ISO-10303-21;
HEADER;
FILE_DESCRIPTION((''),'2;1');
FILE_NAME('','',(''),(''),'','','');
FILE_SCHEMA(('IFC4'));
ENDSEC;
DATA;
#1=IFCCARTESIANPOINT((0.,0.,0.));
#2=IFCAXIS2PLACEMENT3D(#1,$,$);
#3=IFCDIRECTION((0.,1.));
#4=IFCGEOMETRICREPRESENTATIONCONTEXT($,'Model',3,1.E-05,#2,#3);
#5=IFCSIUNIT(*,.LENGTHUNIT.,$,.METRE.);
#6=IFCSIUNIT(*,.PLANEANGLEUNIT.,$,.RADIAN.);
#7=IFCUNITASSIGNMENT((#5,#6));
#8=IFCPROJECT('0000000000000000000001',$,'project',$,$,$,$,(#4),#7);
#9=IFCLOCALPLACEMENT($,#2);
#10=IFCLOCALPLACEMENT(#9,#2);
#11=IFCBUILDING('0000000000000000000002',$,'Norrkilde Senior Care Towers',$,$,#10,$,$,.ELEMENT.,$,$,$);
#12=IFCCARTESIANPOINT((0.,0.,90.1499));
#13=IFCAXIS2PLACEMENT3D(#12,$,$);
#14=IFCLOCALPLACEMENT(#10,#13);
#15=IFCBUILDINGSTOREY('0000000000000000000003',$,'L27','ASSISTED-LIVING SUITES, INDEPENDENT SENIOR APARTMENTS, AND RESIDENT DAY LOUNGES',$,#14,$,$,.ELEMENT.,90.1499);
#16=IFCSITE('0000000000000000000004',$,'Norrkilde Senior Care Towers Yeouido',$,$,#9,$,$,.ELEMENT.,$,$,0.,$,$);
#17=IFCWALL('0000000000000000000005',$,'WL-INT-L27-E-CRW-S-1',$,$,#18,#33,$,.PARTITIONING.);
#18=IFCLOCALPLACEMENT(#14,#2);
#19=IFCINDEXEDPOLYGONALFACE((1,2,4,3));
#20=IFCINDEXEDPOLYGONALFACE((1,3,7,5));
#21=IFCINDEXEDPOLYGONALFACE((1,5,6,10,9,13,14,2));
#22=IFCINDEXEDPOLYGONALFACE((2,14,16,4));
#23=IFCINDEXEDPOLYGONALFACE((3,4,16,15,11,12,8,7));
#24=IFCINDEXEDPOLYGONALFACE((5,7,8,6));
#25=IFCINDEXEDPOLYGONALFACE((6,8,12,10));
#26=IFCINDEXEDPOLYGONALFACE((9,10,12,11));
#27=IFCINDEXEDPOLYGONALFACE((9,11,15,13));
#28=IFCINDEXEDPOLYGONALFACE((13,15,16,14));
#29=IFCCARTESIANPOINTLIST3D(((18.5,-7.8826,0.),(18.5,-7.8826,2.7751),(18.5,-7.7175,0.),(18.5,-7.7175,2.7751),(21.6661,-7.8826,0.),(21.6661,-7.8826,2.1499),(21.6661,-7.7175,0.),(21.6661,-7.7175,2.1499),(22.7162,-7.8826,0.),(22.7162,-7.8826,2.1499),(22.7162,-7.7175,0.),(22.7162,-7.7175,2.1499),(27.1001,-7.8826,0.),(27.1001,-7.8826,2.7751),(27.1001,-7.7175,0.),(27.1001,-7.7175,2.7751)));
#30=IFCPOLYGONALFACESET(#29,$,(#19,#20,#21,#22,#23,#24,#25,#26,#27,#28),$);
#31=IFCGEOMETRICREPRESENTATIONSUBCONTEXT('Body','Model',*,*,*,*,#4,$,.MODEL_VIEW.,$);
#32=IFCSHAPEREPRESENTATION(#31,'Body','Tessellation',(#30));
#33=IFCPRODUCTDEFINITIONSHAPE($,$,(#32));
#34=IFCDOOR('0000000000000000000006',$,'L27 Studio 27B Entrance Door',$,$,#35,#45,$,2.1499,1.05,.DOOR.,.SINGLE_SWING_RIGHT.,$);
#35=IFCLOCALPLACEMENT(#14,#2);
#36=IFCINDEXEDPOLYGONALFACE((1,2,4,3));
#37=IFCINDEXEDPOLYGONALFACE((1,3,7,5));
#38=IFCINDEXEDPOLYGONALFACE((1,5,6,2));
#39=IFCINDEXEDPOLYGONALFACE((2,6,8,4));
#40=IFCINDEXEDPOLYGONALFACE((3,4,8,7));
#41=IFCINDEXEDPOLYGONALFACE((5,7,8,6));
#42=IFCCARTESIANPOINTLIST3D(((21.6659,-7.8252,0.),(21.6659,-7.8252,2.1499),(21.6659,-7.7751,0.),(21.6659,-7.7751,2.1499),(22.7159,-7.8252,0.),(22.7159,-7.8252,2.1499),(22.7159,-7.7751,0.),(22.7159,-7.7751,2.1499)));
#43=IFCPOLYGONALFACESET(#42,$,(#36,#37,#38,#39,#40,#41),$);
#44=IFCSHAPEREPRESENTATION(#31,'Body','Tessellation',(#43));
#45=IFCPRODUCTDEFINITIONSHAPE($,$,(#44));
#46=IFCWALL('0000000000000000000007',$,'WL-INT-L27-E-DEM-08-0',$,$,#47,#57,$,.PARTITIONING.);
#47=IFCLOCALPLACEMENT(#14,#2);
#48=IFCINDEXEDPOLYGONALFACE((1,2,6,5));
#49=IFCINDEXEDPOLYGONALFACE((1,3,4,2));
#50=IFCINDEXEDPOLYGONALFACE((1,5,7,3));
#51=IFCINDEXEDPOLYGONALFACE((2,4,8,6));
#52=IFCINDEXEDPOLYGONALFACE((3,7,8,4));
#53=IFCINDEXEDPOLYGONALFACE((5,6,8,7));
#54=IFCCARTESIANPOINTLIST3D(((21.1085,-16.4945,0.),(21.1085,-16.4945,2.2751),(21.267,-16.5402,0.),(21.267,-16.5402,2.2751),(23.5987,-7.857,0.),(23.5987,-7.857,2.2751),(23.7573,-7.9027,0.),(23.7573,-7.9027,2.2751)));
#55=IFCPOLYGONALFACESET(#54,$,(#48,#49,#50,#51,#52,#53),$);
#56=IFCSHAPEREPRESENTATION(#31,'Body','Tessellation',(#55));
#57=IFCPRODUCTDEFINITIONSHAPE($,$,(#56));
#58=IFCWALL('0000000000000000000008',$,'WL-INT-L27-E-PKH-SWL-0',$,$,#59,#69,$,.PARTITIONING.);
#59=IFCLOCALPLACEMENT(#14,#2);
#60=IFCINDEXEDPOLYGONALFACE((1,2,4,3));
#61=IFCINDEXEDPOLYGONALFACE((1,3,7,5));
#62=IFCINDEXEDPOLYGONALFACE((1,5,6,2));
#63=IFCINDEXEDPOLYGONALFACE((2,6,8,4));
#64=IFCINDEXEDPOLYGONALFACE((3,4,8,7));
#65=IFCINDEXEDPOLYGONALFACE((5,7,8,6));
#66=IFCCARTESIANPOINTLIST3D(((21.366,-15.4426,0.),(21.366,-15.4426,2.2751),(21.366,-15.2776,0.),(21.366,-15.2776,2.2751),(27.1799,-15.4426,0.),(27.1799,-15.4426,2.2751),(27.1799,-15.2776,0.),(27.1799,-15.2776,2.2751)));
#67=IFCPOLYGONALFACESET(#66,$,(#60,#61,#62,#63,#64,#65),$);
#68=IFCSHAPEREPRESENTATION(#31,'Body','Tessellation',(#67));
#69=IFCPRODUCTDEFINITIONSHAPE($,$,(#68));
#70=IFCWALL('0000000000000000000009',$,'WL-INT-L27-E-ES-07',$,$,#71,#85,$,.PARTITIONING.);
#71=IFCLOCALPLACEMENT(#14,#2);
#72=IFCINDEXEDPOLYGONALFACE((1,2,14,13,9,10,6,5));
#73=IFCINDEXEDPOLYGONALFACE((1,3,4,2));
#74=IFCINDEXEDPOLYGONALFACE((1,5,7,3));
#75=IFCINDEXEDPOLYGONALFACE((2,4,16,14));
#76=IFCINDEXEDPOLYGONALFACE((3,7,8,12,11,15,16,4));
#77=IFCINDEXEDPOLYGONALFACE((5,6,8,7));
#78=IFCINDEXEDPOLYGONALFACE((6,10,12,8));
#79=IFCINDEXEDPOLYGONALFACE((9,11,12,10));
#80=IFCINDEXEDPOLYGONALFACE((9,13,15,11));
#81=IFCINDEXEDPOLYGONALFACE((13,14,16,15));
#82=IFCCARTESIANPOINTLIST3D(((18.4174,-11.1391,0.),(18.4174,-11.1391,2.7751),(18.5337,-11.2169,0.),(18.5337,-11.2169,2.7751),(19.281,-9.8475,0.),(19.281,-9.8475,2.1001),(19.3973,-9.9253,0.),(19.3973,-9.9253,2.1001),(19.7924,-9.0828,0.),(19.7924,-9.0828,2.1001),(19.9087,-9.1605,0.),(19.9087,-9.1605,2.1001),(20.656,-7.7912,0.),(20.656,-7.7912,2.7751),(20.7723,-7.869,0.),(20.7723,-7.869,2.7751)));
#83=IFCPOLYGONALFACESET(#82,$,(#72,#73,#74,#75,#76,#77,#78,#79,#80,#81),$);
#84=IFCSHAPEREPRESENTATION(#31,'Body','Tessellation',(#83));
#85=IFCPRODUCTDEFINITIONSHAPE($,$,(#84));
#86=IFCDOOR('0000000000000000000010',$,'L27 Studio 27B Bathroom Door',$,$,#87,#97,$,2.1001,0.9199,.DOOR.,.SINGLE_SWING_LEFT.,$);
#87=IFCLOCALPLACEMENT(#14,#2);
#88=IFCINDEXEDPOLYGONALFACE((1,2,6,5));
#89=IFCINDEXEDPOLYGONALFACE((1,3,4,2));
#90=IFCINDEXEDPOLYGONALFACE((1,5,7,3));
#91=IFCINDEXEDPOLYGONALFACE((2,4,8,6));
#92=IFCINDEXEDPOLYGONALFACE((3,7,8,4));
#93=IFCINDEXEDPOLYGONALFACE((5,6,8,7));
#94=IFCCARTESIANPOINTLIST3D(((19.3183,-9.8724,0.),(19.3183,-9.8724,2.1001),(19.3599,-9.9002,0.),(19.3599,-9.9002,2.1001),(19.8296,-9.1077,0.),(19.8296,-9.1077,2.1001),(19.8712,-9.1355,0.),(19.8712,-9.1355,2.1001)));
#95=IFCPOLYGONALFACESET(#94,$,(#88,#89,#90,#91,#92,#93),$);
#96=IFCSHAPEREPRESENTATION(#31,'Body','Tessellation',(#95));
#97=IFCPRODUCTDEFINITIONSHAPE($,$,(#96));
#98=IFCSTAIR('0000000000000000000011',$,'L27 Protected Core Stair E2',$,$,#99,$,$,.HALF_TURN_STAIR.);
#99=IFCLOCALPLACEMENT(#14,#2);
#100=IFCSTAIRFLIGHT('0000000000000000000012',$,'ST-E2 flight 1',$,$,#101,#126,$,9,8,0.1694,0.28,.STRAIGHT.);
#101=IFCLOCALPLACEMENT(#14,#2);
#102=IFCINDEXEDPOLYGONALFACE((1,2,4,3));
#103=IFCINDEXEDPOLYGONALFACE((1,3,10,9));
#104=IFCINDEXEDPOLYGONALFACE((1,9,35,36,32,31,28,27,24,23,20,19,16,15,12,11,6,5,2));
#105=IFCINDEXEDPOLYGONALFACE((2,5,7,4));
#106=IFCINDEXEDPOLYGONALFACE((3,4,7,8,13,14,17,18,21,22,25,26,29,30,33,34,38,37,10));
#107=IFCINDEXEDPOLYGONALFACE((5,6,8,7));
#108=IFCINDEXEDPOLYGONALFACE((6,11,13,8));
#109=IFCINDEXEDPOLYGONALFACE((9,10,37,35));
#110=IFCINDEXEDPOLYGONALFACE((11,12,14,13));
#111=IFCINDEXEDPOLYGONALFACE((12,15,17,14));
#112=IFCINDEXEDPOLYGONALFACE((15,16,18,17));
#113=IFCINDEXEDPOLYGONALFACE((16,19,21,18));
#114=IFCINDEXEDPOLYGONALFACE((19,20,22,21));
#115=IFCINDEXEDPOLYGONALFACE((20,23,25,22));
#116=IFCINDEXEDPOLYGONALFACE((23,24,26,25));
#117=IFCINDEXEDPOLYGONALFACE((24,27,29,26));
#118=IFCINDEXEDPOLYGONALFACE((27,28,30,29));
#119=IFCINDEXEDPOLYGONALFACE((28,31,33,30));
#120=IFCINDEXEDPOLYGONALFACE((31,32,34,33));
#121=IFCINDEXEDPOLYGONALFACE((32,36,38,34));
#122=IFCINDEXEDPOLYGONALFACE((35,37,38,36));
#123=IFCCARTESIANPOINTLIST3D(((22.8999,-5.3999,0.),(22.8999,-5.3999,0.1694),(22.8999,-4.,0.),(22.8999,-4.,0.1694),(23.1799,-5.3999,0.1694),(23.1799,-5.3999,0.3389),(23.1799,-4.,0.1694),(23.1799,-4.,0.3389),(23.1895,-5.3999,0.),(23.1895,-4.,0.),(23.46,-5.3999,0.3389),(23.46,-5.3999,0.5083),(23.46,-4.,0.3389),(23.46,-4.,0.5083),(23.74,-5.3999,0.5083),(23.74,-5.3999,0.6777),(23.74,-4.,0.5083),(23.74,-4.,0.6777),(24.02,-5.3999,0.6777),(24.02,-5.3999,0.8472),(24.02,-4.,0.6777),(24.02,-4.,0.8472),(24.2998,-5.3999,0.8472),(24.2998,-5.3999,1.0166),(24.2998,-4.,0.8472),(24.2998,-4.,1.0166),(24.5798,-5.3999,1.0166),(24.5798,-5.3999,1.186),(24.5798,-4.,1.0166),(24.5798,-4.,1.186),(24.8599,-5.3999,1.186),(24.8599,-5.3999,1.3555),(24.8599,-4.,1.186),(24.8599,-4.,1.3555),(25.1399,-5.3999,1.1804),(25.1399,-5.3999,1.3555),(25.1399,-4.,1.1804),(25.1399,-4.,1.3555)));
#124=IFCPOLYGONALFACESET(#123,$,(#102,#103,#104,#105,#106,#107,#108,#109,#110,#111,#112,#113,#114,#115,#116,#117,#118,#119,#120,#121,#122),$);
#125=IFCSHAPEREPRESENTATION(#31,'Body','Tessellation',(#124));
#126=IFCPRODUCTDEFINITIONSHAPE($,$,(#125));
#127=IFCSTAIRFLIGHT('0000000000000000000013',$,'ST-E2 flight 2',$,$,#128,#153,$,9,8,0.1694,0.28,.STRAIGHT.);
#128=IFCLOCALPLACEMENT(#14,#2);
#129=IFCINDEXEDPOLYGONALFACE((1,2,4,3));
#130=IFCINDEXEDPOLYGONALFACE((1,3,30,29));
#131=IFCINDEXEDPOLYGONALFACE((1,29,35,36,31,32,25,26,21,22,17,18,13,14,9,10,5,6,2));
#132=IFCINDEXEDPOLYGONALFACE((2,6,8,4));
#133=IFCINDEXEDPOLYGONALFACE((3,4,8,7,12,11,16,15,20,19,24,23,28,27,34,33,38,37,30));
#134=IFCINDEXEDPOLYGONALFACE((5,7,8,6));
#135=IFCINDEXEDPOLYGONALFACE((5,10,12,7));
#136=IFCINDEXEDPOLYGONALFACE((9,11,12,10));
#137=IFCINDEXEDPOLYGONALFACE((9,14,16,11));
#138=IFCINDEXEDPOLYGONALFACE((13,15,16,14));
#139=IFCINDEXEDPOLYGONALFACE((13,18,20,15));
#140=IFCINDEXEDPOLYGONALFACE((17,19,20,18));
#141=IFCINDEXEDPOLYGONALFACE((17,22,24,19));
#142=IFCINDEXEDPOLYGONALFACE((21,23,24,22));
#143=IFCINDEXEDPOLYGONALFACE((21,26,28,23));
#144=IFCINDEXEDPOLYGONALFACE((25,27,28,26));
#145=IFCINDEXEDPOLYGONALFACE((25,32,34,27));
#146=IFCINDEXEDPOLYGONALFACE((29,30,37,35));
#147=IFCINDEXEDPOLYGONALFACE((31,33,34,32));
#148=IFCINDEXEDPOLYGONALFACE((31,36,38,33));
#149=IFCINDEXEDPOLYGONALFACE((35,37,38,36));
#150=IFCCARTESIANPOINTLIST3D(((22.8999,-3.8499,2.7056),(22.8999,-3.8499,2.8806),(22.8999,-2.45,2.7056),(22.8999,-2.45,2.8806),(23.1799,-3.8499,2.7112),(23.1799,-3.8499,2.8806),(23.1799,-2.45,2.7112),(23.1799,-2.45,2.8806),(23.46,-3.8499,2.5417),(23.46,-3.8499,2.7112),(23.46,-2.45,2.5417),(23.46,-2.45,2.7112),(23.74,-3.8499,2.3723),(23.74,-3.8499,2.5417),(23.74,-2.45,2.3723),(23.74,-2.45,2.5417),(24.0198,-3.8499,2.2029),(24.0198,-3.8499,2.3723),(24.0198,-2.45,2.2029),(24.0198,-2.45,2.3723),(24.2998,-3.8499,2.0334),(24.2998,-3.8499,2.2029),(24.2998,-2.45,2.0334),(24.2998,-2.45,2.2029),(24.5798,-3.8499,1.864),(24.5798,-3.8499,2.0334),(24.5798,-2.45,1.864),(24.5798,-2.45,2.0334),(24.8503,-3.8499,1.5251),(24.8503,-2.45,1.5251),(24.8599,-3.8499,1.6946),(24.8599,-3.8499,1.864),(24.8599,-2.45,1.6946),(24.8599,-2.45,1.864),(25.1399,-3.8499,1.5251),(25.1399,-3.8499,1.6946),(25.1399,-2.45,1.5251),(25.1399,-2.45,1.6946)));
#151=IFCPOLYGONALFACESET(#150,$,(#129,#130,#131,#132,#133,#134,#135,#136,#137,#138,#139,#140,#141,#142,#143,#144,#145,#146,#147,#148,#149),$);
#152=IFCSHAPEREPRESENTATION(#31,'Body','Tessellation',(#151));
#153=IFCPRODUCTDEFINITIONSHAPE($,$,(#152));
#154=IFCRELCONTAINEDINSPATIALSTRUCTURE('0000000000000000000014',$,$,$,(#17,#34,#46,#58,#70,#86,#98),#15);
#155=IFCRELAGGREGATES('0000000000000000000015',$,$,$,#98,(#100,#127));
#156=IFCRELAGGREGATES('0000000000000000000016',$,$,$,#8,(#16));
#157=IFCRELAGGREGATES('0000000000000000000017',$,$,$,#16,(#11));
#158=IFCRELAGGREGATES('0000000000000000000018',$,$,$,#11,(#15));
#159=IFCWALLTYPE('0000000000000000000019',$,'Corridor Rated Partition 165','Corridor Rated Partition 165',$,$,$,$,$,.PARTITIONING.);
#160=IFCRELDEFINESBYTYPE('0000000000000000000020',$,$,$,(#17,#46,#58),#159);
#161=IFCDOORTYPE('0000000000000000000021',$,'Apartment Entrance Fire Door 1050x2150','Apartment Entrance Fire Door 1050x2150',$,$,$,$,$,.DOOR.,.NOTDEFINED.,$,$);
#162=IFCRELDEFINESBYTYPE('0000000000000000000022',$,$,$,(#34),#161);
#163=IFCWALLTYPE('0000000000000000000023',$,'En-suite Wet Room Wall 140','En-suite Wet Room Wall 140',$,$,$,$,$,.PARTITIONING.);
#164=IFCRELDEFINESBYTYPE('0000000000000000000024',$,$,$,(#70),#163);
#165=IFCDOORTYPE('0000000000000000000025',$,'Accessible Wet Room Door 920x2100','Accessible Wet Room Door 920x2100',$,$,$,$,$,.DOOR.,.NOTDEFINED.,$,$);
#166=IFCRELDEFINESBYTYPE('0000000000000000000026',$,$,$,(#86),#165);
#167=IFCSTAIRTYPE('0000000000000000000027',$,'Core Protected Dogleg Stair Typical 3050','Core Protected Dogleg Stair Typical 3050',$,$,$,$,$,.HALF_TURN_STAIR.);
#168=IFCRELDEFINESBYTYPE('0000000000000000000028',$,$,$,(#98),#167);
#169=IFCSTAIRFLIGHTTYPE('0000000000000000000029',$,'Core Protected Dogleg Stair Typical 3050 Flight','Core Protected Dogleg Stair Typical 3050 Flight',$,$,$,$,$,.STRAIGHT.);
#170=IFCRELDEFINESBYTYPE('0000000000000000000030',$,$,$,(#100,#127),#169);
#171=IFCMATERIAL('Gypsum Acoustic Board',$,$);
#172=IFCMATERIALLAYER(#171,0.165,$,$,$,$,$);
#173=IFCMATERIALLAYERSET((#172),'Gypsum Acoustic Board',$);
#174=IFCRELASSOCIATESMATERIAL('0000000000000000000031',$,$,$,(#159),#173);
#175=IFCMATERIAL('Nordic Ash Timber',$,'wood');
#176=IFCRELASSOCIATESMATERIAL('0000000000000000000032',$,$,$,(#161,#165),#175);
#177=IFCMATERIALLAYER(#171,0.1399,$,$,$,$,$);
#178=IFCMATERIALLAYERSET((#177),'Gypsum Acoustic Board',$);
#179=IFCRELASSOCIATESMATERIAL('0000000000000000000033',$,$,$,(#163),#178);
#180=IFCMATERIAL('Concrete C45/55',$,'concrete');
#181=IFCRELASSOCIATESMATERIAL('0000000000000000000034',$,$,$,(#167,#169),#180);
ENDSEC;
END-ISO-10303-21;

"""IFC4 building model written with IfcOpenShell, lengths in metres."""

from ifc_helpers import new_model, si_unit, direction, frame, frame_2d, origin, place, context, subcontext, project, spatial, polyline, rectangle, outline, extrude, source, transform, mapped, material, layer, layer_set, type_object, type_shapes, element, fill, aggregate, save


model = new_model("IFC4")

# Units and contexts
model_context = context("Model", 3, precision=1e-05, world=origin(), true_north=direction((0.0, 1.0)))
body_context = subcontext(model_context, "Body", "Model", "MODEL_VIEW")
ifc_project = project(units=[si_unit("LENGTHUNIT", "METRE"), si_unit("PLANEANGLEUNIT", "RADIAN")], contexts=[model_context])

# Site, building, storey
site_placement = place(None, origin())
site = spatial("IfcSite", under=ifc_project, at=site_placement, Name="Norrkilde Senior Care Towers Yeouido", CompositionType="ELEMENT", RefElevation=0.0)
building_placement = place(site_placement, origin())
building = spatial("IfcBuilding", under=site, at=building_placement, Name="Norrkilde Senior Care Towers", CompositionType="ELEMENT")
storey_placement = place(building_placement, frame((0.0, 0.0, 90.1499)))
storey = spatial("IfcBuildingStorey", under=building, at=storey_placement, Name="L27", Description="ASSISTED-LIVING SUITES, INDEPENDENT SENIOR APARTMENTS, AND RESIDENT DAY LOUNGES", CompositionType="ELEMENT", Elevation=90.1499)

# Shared definitions
ifc_material_1 = material(Name="Concrete C45/55", Category="concrete")

# Shared definitions
ifc_material_2 = material(Name="Gypsum Acoustic Board")

# Wall, opening, door
ifc_layer_1 = layer(ifc_material_2, 0.165)
ifc_layer_set_1 = layer_set([ifc_layer_1], Name="Gypsum Acoustic Board")
wall_type_1 = type_object("IfcWallType", Name="Corridor Rated Partition 165", Description="Corridor Rated Partition 165", PredefinedType="PARTITIONING", material=ifc_layer_set_1)
shared_shape_1 = source(origin(), body_context, "Body", "SweptSolid", [
    extrude(rectangle(XDim=8.6001, YDim=0.165, at=frame_2d((4.3, 0.0))), origin(), (0.0, 0.0, 1.0), 2.7751),
])
wall_1_placement = place(storey_placement, frame((27.1001, -7.8, 0.0), z_axis=(0.0, 0.0, 1.0), x_axis=(-1.0, 0.0, 0.0)))
wall_1 = element("IfcWall", 1, at=wall_1_placement, inside=storey, type_object=wall_type_1, Name="WL-INT-L27-E-CRW-S-1", PredefinedType="PARTITIONING", context=body_context, shape_type="MappedRepresentation", body=[
    mapped(shared_shape_1, transform((0.0, 0.0, 0.0), x_axis=(1.0, 0.0, 0.0), y_axis=(0.0, 1.0, 0.0), z_axis=(0.0, 0.0, 1.0), scale=1.0)),
])
opening_1_placement = place(wall_1_placement, frame((4.384, 0.0, 0.0)))
opening_1 = element("IfcOpeningElement", 2, at=opening_1_placement, cuts=wall_1, PredefinedType="OPENING", context=body_context, shape_type="SweptSolid", body=[
    extrude(rectangle(XDim=1.05, YDim=2.1499, at=frame_2d((0.5249, 1.075))), frame((0.0, 0.0925, 0.0), z_axis=(0.0, -1.0, 0.0), x_axis=(1.0, 0.0, 0.0)), (0.0, 0.0, 1.0), 0.1851),
])
ifc_material_3 = material(Name="Nordic Ash Timber", Category="wood")
door_type_1 = type_object("IfcDoorType", Name="Apartment Entrance Fire Door 1050x2150", Description="Apartment Entrance Fire Door 1050x2150", OperationType="NOTDEFINED", PredefinedType="DOOR", material=ifc_material_3)
shared_shape_2 = source(origin(), body_context, "Body", "SweptSolid", [
    extrude(rectangle(XDim=1.05, YDim=2.1499, at=frame_2d((0.5249, 1.075))), frame((0.0, 0.0249, 0.0), z_axis=(0.0, -1.0, 0.0), x_axis=(1.0, 0.0, 0.0)), (0.0, 0.0, 1.0), 0.05),
])
type_shapes(door_type_1, [shared_shape_2])
door_1_placement = place(opening_1_placement, frame((1.05, 0.0, 0.0), z_axis=(0.0, 0.0, 1.0), x_axis=(-1.0, 0.0, 0.0)))
door_1 = element("IfcDoor", 3, at=door_1_placement, inside=storey, type_object=door_type_1, Name="L27 Studio 27B Entrance Door", OperationType="SINGLE_SWING_RIGHT", OverallHeight=2.1499, OverallWidth=1.05, PredefinedType="DOOR", context=body_context, shape_type="MappedRepresentation", body=[
    mapped(shared_shape_2, transform((0.0, 0.0, 0.0), x_axis=(1.0, 0.0, 0.0), y_axis=(0.0, 1.0, 0.0), z_axis=(0.0, 0.0, 1.0), scale=1.0)),
])
fill(opening_1, door_1)

# Walls
shared_shape_3 = source(origin(), body_context, "Body", "SweptSolid", [
    extrude(rectangle(XDim=8.9893, YDim=0.165, at=frame_2d((4.4946, 0.0))), origin(), (0.0, 0.0, 1.0), 2.2751),
])
wall_2_placement = place(storey_placement, frame((23.678, -7.8799, 0.0), z_axis=(0.0, 0.0, 1.0), x_axis=(-0.277023, -0.960863, 0.0)))
element("IfcWall", 4, at=wall_2_placement, inside=storey, type_object=wall_type_1, Name="WL-INT-L27-E-DEM-08-0", PredefinedType="PARTITIONING", context=body_context, shape_type="MappedRepresentation", body=[
    mapped(shared_shape_3, transform((0.0, 0.0, 0.0), x_axis=(1.0, 0.0, 0.0), y_axis=(0.0, 1.0, 0.0), z_axis=(0.0, 0.0, 1.0), scale=1.0)),
])
shared_shape_4 = source(origin(), body_context, "Body", "SweptSolid", [
    extrude(rectangle(XDim=5.814, YDim=0.165, at=frame_2d((2.907, 0.0))), origin(), (0.0, 0.0, 1.0), 2.2751),
])
type_shapes(wall_type_1, [shared_shape_1, shared_shape_3, shared_shape_4])
wall_3_placement = place(storey_placement, frame((21.366, -15.3601, 0.0), z_axis=(0.0, 0.0, 1.0), x_axis=(1.0, 0.0, 0.0)))
element("IfcWall", 5, at=wall_3_placement, inside=storey, type_object=wall_type_1, Name="WL-INT-L27-E-PKH-SWL-0", PredefinedType="PARTITIONING", context=body_context, shape_type="MappedRepresentation", body=[
    mapped(shared_shape_4, transform((0.0, 0.0, 0.0), x_axis=(1.0, 0.0, 0.0), y_axis=(0.0, 1.0, 0.0), z_axis=(0.0, 0.0, 1.0), scale=1.0)),
])

# Wall, opening, door
ifc_layer_2 = layer(ifc_material_2, 0.1399)
ifc_layer_set_2 = layer_set([ifc_layer_2], Name="Gypsum Acoustic Board")
wall_type_2 = type_object("IfcWallType", Name="En-suite Wet Room Wall 140", Description="En-suite Wet Room Wall 140", PredefinedType="PARTITIONING", material=ifc_layer_set_2)
shared_shape_5 = source(origin(), body_context, "Body", "SweptSolid", [
    extrude(rectangle(XDim=4.0273, YDim=0.1399, at=frame_2d((2.0137, 0.0))), origin(), (0.0, 0.0, 1.0), 2.7751),
])
type_shapes(wall_type_2, [shared_shape_5])
wall_4_placement = place(storey_placement, frame((20.7141, -7.8301, 0.0), z_axis=(0.0, 0.0, 1.0), x_axis=(-0.555833, -0.831294, 0.0)))
wall_4 = element("IfcWall", 6, at=wall_4_placement, inside=storey, type_object=wall_type_2, Name="WL-INT-L27-E-ES-07", PredefinedType="PARTITIONING", context=body_context, shape_type="MappedRepresentation", body=[
    mapped(shared_shape_5, transform((0.0, 0.0, 0.0), x_axis=(1.0, 0.0, 0.0), y_axis=(0.0, 1.0, 0.0), z_axis=(0.0, 0.0, 1.0), scale=1.0)),
])
opening_2_placement = place(wall_4_placement, frame((1.5537, 0.0, 0.0)))
opening_2 = element("IfcOpeningElement", 7, at=opening_2_placement, cuts=wall_4, PredefinedType="OPENING", context=body_context, shape_type="SweptSolid", body=[
    extrude(rectangle(XDim=0.9199, YDim=2.1001, at=frame_2d((0.46, 1.05))), frame((0.0, 0.0798, 0.0), z_axis=(0.0, -1.0, 0.0), x_axis=(1.0, 0.0, 0.0)), (0.0, 0.0, 1.0), 0.1599),
])
door_type_2 = type_object("IfcDoorType", Name="Accessible Wet Room Door 920x2100", Description="Accessible Wet Room Door 920x2100", OperationType="NOTDEFINED", PredefinedType="DOOR", material=ifc_material_3)
shared_shape_6 = source(origin(), body_context, "Body", "SweptSolid", [
    extrude(rectangle(XDim=0.9199, YDim=2.1001, at=frame_2d((0.46, 1.05))), frame((0.0, 0.0249, 0.0), z_axis=(0.0, -1.0, 0.0), x_axis=(1.0, 0.0, 0.0)), (0.0, 0.0, 1.0), 0.05),
])
type_shapes(door_type_2, [shared_shape_6])
door_2_placement = place(opening_2_placement, origin())
door_2 = element("IfcDoor", 8, at=door_2_placement, inside=storey, type_object=door_type_2, Name="L27 Studio 27B Bathroom Door", OperationType="SINGLE_SWING_LEFT", OverallHeight=2.1001, OverallWidth=0.9199, PredefinedType="DOOR", context=body_context, shape_type="MappedRepresentation", body=[
    mapped(shared_shape_6, transform((0.0, 0.0, 0.0), x_axis=(1.0, 0.0, 0.0), y_axis=(0.0, 1.0, 0.0), z_axis=(0.0, 0.0, 1.0), scale=1.0)),
])
fill(opening_2, door_2)

# Stair, stair flights
stair_type = type_object("IfcStairType", Name="Core Protected Dogleg Stair Typical 3050", Description="Core Protected Dogleg Stair Typical 3050", PredefinedType="HALF_TURN_STAIR", material=ifc_material_1)
stair_placement = place(storey_placement, origin())
stair = element("IfcStair", 9, at=stair_placement, inside=storey, type_object=stair_type, Name="L27 Protected Core Stair E2", PredefinedType="HALF_TURN_STAIR")
stair_flight_type = type_object("IfcStairFlightType", Name="Core Protected Dogleg Stair Typical 3050 Flight", Description="Core Protected Dogleg Stair Typical 3050 Flight", PredefinedType="STRAIGHT", material=ifc_material_1)
stair_flight_1_placement = place(storey_placement, frame((22.8999, -4.7, 0.0), z_axis=(0.0, 0.0, 1.0), x_axis=(1.0, 0.0, 0.0)))
stair_flight_1 = element("IfcStairFlight", 10, at=stair_flight_1_placement, type_object=stair_flight_type, Name="ST-E2 flight 1", NumberOfRisers=9, NumberOfTreads=8, PredefinedType="STRAIGHT", RiserHeight=0.1694, TreadLength=0.28, context=body_context, shape_type="SweptSolid", body=[
    extrude(outline(polyline([(0.0, 0.0), (0.0, 0.1694), (0.28, 0.1694), (0.28, 0.3389), (0.5601, 0.3389), (0.5601, 0.5083), (0.8401, 0.5083), (0.8401, 0.6777), (1.1201, 0.6777), (1.1201, 0.8472), (1.3999, 0.8472), (1.3999, 1.0166), (1.6799, 1.0166), (1.6799, 1.186), (1.96, 1.186), (1.96, 1.3555), (2.24, 1.3555), (2.24, 1.5249), (2.24, 1.1804), (0.2896, 0.0), (0.0, 0.0)])), frame((0.0, 0.7, 0.0), z_axis=(0.0, -1.0, 0.0), x_axis=(1.0, 0.0, 0.0)), (0.0, 0.0, 1.0), 1.3999),
])
stair_flight_2_placement = place(storey_placement, frame((25.1399, -3.1499, 1.5251), z_axis=(0.0, 0.0, 1.0), x_axis=(-1.0, 0.0, 0.0)))
stair_flight_2 = element("IfcStairFlight", 11, at=stair_flight_2_placement, type_object=stair_flight_type, Name="ST-E2 flight 2", NumberOfRisers=9, NumberOfTreads=8, PredefinedType="STRAIGHT", RiserHeight=0.1694, TreadLength=0.28, context=body_context, shape_type="SweptSolid", body=[
    extrude(outline(polyline([(0.0, 0.0), (0.0, 0.1694), (0.28, 0.1694), (0.28, 0.3389), (0.5601, 0.3389), (0.5601, 0.5083), (0.8401, 0.5083), (0.8401, 0.6777), (1.1201, 0.6777), (1.1201, 0.8472), (1.3999, 0.8472), (1.3999, 1.0166), (1.6799, 1.0166), (1.6799, 1.186), (1.96, 1.186), (1.96, 1.3555), (2.24, 1.3555), (2.24, 1.5249), (2.24, 1.1804), (0.2896, 0.0), (0.0, 0.0)])), frame((0.0, 0.7, 0.0), z_axis=(0.0, -1.0, 0.0), x_axis=(1.0, 0.0, 0.0)), (0.0, 0.0, 1.0), 1.3999),
])
aggregate(stair, [stair_flight_1, stair_flight_2])

save(model, "model.ifc")
